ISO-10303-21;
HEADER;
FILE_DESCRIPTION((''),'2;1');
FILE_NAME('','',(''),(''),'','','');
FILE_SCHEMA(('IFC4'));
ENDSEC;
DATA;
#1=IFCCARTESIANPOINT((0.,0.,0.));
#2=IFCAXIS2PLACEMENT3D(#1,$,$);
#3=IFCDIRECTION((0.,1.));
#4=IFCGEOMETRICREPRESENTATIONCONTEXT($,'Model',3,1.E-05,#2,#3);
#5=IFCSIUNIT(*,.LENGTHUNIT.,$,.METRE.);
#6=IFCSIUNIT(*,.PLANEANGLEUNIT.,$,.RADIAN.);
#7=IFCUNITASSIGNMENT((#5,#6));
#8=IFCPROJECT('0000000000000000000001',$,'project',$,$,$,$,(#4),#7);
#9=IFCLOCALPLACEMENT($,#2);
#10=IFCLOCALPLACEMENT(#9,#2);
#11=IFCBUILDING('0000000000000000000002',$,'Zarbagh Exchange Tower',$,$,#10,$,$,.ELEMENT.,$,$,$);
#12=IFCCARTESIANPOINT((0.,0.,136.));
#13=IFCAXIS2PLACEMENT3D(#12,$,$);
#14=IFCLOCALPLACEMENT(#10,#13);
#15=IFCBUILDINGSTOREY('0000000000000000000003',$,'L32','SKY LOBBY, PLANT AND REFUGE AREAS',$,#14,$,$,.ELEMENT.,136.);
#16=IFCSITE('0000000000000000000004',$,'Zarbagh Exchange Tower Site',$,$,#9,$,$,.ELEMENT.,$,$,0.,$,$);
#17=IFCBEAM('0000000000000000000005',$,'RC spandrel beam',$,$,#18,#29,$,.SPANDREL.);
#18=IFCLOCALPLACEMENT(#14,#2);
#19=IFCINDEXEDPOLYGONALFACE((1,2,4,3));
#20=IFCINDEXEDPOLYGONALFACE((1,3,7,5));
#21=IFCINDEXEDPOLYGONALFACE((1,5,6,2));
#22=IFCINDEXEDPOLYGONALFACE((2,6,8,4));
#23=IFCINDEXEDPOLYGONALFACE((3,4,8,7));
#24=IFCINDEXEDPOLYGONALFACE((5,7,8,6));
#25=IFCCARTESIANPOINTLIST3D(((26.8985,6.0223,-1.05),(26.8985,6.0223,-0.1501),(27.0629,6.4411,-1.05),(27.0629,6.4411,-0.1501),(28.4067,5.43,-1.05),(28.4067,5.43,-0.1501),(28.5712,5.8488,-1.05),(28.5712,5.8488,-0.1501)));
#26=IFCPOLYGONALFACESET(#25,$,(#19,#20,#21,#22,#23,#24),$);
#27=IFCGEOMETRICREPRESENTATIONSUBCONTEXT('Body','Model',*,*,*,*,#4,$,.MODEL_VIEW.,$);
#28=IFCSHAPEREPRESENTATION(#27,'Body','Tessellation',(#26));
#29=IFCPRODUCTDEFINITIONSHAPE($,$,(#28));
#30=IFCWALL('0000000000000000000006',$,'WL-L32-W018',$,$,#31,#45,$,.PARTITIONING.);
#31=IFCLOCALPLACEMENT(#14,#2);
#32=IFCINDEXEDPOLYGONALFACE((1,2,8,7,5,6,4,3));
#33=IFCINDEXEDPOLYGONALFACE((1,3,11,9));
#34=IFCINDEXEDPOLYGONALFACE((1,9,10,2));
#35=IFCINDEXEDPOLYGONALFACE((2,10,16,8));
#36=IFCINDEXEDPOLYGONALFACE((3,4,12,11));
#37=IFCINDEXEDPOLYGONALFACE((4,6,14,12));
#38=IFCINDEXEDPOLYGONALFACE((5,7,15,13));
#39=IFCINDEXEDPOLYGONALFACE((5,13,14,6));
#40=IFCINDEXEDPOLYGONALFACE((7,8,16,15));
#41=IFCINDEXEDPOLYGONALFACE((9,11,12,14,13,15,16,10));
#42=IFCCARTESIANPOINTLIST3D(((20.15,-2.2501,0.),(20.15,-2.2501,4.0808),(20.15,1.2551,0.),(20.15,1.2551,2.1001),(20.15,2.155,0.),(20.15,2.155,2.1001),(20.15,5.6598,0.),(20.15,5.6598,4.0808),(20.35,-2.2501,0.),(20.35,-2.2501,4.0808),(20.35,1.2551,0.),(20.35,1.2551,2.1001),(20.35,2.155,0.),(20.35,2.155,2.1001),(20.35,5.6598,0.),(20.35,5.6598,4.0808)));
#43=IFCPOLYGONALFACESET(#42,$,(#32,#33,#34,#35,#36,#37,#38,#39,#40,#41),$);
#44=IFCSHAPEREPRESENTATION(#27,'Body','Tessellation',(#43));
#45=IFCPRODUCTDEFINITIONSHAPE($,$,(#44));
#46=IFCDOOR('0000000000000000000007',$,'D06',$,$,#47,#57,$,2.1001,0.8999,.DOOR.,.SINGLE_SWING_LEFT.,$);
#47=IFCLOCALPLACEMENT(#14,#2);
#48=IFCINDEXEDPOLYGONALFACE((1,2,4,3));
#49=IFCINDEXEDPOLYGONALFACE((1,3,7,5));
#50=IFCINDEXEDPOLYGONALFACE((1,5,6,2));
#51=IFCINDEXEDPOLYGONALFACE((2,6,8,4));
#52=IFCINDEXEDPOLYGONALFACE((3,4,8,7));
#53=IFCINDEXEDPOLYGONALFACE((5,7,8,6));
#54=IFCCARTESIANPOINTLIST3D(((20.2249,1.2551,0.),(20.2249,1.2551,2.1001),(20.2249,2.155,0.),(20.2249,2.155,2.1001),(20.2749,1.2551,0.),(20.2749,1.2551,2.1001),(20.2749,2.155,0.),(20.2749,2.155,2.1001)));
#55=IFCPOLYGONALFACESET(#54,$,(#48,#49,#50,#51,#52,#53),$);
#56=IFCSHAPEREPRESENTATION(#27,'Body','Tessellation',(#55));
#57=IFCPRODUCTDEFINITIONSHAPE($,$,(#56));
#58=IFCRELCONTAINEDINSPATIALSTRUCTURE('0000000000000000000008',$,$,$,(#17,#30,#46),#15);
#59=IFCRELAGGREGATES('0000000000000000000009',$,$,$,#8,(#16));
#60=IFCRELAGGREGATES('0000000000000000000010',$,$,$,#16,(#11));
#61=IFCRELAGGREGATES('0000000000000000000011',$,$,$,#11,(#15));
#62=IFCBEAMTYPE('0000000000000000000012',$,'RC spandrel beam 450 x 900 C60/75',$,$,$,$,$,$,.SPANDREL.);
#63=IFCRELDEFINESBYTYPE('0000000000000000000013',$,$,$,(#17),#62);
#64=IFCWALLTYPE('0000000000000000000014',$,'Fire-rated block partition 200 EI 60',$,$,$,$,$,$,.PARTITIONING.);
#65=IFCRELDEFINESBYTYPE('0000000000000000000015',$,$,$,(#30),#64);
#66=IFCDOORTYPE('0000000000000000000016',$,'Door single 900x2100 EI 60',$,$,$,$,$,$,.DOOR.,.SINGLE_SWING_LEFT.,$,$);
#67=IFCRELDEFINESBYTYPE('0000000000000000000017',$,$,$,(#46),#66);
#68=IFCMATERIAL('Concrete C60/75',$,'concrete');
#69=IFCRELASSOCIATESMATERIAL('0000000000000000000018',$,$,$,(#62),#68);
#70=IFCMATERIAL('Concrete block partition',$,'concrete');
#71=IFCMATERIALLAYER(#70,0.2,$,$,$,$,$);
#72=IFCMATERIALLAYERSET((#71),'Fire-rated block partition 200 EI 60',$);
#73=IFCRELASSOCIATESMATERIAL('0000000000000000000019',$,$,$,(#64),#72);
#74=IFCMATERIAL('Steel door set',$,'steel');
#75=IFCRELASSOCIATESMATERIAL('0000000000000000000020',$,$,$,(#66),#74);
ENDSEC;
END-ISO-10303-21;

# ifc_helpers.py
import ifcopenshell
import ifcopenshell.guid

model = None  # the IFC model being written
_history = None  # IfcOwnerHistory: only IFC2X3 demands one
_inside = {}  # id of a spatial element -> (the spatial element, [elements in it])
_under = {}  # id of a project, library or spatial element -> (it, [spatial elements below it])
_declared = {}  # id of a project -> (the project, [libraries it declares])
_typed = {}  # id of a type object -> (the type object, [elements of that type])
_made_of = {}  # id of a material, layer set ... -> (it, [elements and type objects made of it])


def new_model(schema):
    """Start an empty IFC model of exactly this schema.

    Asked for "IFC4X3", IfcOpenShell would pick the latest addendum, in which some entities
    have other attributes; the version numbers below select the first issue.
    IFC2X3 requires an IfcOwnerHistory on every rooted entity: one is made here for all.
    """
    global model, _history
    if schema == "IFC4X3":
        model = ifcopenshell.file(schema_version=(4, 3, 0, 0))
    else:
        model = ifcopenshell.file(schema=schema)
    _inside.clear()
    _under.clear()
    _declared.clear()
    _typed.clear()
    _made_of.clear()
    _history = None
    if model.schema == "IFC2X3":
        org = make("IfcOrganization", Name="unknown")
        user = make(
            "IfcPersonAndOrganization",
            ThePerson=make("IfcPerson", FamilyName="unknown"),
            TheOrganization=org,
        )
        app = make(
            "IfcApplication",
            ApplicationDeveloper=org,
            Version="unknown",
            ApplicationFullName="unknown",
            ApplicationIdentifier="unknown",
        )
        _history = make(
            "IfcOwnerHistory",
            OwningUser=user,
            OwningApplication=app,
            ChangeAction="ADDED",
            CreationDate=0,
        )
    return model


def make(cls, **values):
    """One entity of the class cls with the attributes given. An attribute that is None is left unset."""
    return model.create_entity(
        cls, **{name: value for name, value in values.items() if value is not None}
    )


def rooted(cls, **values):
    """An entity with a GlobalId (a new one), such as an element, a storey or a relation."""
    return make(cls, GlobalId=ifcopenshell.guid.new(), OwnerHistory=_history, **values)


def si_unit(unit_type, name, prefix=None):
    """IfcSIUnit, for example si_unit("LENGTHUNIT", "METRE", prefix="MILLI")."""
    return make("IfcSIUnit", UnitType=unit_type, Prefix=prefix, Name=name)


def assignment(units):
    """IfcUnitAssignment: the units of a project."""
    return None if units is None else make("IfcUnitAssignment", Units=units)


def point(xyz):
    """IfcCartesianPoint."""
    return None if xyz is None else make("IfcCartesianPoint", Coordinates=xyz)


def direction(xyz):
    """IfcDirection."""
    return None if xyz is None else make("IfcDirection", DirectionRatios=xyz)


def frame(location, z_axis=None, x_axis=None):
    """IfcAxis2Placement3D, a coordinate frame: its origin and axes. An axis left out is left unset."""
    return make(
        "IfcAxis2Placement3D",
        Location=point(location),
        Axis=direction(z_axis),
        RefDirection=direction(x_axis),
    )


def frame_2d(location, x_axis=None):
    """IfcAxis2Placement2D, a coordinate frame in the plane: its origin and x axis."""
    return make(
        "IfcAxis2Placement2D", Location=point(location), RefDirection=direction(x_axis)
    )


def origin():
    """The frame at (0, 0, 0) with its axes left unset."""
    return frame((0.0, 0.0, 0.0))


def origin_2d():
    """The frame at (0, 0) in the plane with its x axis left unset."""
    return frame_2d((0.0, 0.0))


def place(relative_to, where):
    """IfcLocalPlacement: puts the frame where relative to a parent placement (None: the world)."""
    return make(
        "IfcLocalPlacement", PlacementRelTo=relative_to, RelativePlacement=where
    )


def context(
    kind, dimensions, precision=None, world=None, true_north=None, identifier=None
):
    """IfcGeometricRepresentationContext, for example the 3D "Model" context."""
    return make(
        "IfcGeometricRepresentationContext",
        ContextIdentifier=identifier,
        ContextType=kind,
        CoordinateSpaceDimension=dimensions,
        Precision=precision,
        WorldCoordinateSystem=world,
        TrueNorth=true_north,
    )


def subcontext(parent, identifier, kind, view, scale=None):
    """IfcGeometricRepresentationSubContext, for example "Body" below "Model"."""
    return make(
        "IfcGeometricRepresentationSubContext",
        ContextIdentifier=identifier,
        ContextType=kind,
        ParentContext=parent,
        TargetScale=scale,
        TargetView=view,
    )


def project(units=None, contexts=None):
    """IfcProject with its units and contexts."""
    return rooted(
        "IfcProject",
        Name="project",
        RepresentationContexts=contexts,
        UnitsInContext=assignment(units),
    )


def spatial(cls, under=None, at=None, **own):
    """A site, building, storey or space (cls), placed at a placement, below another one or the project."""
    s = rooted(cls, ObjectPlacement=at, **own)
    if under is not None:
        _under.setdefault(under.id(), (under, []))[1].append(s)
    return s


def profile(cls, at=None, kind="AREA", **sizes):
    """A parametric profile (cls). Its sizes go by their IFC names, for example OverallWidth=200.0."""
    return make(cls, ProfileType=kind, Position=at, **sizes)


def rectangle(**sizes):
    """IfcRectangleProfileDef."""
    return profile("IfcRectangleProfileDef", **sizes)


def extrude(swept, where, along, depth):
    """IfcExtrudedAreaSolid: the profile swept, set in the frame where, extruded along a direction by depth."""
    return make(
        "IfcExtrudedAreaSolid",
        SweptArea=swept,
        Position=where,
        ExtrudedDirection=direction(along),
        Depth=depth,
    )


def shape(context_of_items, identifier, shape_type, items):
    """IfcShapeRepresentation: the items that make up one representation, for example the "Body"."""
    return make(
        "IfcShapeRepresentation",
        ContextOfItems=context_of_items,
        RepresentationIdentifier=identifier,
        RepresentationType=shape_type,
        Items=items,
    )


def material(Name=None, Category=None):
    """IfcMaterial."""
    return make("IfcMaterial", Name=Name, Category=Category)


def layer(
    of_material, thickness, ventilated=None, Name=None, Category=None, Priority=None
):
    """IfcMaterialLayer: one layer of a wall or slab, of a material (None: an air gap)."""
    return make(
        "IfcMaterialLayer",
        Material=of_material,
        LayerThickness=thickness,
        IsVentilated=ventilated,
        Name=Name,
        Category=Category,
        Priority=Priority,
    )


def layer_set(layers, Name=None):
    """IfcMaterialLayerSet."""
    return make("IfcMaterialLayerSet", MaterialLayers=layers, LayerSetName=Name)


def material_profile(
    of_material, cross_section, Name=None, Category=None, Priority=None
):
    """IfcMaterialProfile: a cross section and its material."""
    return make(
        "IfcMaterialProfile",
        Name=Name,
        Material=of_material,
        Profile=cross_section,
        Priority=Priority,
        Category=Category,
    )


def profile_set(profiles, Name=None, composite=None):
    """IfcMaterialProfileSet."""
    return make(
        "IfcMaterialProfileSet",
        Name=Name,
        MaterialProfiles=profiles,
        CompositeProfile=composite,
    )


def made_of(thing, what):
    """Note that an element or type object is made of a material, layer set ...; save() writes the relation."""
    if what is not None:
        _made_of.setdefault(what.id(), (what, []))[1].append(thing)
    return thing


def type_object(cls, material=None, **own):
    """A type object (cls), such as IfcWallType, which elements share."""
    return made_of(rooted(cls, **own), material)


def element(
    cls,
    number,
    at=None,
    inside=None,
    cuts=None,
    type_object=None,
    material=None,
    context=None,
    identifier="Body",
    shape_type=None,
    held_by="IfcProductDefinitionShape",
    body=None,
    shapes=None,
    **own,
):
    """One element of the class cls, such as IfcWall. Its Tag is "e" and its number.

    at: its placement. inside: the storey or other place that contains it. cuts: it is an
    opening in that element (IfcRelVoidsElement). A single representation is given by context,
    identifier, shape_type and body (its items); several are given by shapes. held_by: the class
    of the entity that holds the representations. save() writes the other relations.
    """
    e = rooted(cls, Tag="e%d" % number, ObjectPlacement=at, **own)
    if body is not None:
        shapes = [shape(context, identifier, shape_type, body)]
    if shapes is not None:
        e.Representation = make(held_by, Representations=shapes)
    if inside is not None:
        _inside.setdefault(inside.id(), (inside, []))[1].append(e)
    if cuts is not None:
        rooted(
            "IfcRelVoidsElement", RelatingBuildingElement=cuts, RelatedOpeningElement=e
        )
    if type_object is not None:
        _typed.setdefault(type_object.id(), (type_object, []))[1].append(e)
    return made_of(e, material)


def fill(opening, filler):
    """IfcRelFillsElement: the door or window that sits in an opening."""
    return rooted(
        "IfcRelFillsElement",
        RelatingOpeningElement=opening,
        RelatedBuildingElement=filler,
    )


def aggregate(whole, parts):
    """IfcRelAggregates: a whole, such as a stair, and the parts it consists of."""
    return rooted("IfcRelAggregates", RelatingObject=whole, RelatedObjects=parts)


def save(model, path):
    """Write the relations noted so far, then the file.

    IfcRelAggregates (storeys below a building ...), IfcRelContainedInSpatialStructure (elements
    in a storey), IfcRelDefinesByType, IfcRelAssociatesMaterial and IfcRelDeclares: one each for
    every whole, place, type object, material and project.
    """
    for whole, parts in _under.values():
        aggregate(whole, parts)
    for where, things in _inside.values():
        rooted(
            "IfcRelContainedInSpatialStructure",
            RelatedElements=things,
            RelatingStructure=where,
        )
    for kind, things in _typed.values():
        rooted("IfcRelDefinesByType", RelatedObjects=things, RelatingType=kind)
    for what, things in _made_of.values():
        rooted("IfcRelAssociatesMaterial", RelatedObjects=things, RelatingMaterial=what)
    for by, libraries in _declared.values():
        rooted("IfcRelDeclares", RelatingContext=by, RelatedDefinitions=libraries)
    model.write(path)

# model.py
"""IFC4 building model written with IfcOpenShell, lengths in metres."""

from ifc_helpers import new_model, si_unit, direction, frame, frame_2d, origin, origin_2d, place, context, subcontext, project, spatial, rectangle, extrude, material, layer, layer_set, material_profile, profile_set, type_object, element, fill, save


model = new_model("IFC4")

# Units and contexts
model_context = context("Model", 3, precision=1e-05, world=origin(), true_north=direction((0.0, 1.0)))
body_context = subcontext(model_context, "Body", "Model", "MODEL_VIEW")
ifc_project = project(units=[si_unit("LENGTHUNIT", "METRE"), si_unit("PLANEANGLEUNIT", "RADIAN")], contexts=[model_context])

# Site, building, storey
site_placement = place(None, origin())
site = spatial("IfcSite", under=ifc_project, at=site_placement, Name="Zarbagh Exchange Tower Site", CompositionType="ELEMENT", RefElevation=0.0)
building_placement = place(site_placement, origin())
building = spatial("IfcBuilding", under=site, at=building_placement, Name="Zarbagh Exchange Tower", CompositionType="ELEMENT")
storey_placement = place(building_placement, frame((0.0, 0.0, 136.0)))
storey = spatial("IfcBuildingStorey", under=building, at=storey_placement, Name="L32", Description="SKY LOBBY, PLANT AND REFUGE AREAS", CompositionType="ELEMENT", Elevation=136.0)

# Shared definitions
ifc_material_1 = material(Name="Concrete C60/75", Category="concrete")

# Beam
ifc_material_profile_1 = material_profile(ifc_material_1, rectangle(XDim=0.45, YDim=0.8999, at=origin_2d()), Name="RC spandrel beam 450 x 900 C60/75")
ifc_profile_set_1 = profile_set([ifc_material_profile_1], Name="Concrete C60/75")
beam_type_1 = type_object("IfcBeamType", Name="RC spandrel beam 450 x 900 C60/75", PredefinedType="SPANDREL", material=ifc_profile_set_1)
beam_1_placement = place(storey_placement, frame((26.9807, 6.2317, -0.6001), z_axis=(0.930806, -0.365513, 0.0), x_axis=(0.365513, 0.930806, 0.0)))
element("IfcBeam", 1, at=beam_1_placement, inside=storey, type_object=beam_type_1, Name="RC spandrel beam", PredefinedType="SPANDREL", context=body_context, shape_type="SweptSolid", body=[
    extrude(rectangle(XDim=0.45, YDim=0.8999, at=origin_2d()), origin(), (0.0, 0.0, 1.0), 1.6204),
])

# Wall, opening, door
ifc_material_2 = material(Name="Concrete block partition", Category="concrete")
ifc_layer = layer(ifc_material_2, 0.2)
ifc_layer_set = layer_set([ifc_layer], Name="Fire-rated block partition 200 EI 60")
wall_type = type_object("IfcWallType", Name="Fire-rated block partition 200 EI 60", PredefinedType="PARTITIONING", material=ifc_layer_set)
wall_placement = place(storey_placement, frame((20.25, 5.6599, 0.0), z_axis=(0.0, 0.0, 1.0), x_axis=(0.0, -1.0, 0.0)))
wall = element("IfcWall", 2, at=wall_placement, inside=storey, type_object=wall_type, Name="WL-L32-W018", PredefinedType="PARTITIONING", context=body_context, shape_type="SweptSolid", body=[
    extrude(rectangle(XDim=7.9099, YDim=0.2, at=frame_2d((3.9551, 0.0))), origin(), (0.0, 0.0, 1.0), 4.0808),
])
opening_placement = place(wall_placement, frame((3.5049, 0.0, 0.0)))
opening = element("IfcOpeningElement", 3, at=opening_placement, cuts=wall, PredefinedType="OPENING", context=body_context, shape_type="SweptSolid", body=[
    extrude(rectangle(XDim=0.8999, YDim=2.1001, at=frame_2d((0.45, 1.05))), frame((0.0, 0.1099, 0.0), z_axis=(0.0, -1.0, 0.0), x_axis=(1.0, 0.0, 0.0)), (0.0, 0.0, 1.0), 0.22),
])
ifc_material_3 = material(Name="Steel door set", Category="steel")
door_type = type_object("IfcDoorType", Name="Door single 900x2100 EI 60", OperationType="SINGLE_SWING_LEFT", PredefinedType="DOOR", material=ifc_material_3)
door_placement = place(opening_placement, origin())
door = element("IfcDoor", 4, at=door_placement, inside=storey, type_object=door_type, Name="D06", OperationType="SINGLE_SWING_LEFT", OverallHeight=2.1001, OverallWidth=0.8999, PredefinedType="DOOR", context=body_context, shape_type="SweptSolid", body=[
    extrude(rectangle(XDim=0.8999, YDim=2.1001, at=frame_2d((0.45, 1.05))), frame((0.0, 0.0249, 0.0), z_axis=(0.0, -1.0, 0.0), x_axis=(1.0, 0.0, 0.0)), (0.0, 0.0, 1.0), 0.05),
])
fill(opening, door)

save(model, "model.ifc")
